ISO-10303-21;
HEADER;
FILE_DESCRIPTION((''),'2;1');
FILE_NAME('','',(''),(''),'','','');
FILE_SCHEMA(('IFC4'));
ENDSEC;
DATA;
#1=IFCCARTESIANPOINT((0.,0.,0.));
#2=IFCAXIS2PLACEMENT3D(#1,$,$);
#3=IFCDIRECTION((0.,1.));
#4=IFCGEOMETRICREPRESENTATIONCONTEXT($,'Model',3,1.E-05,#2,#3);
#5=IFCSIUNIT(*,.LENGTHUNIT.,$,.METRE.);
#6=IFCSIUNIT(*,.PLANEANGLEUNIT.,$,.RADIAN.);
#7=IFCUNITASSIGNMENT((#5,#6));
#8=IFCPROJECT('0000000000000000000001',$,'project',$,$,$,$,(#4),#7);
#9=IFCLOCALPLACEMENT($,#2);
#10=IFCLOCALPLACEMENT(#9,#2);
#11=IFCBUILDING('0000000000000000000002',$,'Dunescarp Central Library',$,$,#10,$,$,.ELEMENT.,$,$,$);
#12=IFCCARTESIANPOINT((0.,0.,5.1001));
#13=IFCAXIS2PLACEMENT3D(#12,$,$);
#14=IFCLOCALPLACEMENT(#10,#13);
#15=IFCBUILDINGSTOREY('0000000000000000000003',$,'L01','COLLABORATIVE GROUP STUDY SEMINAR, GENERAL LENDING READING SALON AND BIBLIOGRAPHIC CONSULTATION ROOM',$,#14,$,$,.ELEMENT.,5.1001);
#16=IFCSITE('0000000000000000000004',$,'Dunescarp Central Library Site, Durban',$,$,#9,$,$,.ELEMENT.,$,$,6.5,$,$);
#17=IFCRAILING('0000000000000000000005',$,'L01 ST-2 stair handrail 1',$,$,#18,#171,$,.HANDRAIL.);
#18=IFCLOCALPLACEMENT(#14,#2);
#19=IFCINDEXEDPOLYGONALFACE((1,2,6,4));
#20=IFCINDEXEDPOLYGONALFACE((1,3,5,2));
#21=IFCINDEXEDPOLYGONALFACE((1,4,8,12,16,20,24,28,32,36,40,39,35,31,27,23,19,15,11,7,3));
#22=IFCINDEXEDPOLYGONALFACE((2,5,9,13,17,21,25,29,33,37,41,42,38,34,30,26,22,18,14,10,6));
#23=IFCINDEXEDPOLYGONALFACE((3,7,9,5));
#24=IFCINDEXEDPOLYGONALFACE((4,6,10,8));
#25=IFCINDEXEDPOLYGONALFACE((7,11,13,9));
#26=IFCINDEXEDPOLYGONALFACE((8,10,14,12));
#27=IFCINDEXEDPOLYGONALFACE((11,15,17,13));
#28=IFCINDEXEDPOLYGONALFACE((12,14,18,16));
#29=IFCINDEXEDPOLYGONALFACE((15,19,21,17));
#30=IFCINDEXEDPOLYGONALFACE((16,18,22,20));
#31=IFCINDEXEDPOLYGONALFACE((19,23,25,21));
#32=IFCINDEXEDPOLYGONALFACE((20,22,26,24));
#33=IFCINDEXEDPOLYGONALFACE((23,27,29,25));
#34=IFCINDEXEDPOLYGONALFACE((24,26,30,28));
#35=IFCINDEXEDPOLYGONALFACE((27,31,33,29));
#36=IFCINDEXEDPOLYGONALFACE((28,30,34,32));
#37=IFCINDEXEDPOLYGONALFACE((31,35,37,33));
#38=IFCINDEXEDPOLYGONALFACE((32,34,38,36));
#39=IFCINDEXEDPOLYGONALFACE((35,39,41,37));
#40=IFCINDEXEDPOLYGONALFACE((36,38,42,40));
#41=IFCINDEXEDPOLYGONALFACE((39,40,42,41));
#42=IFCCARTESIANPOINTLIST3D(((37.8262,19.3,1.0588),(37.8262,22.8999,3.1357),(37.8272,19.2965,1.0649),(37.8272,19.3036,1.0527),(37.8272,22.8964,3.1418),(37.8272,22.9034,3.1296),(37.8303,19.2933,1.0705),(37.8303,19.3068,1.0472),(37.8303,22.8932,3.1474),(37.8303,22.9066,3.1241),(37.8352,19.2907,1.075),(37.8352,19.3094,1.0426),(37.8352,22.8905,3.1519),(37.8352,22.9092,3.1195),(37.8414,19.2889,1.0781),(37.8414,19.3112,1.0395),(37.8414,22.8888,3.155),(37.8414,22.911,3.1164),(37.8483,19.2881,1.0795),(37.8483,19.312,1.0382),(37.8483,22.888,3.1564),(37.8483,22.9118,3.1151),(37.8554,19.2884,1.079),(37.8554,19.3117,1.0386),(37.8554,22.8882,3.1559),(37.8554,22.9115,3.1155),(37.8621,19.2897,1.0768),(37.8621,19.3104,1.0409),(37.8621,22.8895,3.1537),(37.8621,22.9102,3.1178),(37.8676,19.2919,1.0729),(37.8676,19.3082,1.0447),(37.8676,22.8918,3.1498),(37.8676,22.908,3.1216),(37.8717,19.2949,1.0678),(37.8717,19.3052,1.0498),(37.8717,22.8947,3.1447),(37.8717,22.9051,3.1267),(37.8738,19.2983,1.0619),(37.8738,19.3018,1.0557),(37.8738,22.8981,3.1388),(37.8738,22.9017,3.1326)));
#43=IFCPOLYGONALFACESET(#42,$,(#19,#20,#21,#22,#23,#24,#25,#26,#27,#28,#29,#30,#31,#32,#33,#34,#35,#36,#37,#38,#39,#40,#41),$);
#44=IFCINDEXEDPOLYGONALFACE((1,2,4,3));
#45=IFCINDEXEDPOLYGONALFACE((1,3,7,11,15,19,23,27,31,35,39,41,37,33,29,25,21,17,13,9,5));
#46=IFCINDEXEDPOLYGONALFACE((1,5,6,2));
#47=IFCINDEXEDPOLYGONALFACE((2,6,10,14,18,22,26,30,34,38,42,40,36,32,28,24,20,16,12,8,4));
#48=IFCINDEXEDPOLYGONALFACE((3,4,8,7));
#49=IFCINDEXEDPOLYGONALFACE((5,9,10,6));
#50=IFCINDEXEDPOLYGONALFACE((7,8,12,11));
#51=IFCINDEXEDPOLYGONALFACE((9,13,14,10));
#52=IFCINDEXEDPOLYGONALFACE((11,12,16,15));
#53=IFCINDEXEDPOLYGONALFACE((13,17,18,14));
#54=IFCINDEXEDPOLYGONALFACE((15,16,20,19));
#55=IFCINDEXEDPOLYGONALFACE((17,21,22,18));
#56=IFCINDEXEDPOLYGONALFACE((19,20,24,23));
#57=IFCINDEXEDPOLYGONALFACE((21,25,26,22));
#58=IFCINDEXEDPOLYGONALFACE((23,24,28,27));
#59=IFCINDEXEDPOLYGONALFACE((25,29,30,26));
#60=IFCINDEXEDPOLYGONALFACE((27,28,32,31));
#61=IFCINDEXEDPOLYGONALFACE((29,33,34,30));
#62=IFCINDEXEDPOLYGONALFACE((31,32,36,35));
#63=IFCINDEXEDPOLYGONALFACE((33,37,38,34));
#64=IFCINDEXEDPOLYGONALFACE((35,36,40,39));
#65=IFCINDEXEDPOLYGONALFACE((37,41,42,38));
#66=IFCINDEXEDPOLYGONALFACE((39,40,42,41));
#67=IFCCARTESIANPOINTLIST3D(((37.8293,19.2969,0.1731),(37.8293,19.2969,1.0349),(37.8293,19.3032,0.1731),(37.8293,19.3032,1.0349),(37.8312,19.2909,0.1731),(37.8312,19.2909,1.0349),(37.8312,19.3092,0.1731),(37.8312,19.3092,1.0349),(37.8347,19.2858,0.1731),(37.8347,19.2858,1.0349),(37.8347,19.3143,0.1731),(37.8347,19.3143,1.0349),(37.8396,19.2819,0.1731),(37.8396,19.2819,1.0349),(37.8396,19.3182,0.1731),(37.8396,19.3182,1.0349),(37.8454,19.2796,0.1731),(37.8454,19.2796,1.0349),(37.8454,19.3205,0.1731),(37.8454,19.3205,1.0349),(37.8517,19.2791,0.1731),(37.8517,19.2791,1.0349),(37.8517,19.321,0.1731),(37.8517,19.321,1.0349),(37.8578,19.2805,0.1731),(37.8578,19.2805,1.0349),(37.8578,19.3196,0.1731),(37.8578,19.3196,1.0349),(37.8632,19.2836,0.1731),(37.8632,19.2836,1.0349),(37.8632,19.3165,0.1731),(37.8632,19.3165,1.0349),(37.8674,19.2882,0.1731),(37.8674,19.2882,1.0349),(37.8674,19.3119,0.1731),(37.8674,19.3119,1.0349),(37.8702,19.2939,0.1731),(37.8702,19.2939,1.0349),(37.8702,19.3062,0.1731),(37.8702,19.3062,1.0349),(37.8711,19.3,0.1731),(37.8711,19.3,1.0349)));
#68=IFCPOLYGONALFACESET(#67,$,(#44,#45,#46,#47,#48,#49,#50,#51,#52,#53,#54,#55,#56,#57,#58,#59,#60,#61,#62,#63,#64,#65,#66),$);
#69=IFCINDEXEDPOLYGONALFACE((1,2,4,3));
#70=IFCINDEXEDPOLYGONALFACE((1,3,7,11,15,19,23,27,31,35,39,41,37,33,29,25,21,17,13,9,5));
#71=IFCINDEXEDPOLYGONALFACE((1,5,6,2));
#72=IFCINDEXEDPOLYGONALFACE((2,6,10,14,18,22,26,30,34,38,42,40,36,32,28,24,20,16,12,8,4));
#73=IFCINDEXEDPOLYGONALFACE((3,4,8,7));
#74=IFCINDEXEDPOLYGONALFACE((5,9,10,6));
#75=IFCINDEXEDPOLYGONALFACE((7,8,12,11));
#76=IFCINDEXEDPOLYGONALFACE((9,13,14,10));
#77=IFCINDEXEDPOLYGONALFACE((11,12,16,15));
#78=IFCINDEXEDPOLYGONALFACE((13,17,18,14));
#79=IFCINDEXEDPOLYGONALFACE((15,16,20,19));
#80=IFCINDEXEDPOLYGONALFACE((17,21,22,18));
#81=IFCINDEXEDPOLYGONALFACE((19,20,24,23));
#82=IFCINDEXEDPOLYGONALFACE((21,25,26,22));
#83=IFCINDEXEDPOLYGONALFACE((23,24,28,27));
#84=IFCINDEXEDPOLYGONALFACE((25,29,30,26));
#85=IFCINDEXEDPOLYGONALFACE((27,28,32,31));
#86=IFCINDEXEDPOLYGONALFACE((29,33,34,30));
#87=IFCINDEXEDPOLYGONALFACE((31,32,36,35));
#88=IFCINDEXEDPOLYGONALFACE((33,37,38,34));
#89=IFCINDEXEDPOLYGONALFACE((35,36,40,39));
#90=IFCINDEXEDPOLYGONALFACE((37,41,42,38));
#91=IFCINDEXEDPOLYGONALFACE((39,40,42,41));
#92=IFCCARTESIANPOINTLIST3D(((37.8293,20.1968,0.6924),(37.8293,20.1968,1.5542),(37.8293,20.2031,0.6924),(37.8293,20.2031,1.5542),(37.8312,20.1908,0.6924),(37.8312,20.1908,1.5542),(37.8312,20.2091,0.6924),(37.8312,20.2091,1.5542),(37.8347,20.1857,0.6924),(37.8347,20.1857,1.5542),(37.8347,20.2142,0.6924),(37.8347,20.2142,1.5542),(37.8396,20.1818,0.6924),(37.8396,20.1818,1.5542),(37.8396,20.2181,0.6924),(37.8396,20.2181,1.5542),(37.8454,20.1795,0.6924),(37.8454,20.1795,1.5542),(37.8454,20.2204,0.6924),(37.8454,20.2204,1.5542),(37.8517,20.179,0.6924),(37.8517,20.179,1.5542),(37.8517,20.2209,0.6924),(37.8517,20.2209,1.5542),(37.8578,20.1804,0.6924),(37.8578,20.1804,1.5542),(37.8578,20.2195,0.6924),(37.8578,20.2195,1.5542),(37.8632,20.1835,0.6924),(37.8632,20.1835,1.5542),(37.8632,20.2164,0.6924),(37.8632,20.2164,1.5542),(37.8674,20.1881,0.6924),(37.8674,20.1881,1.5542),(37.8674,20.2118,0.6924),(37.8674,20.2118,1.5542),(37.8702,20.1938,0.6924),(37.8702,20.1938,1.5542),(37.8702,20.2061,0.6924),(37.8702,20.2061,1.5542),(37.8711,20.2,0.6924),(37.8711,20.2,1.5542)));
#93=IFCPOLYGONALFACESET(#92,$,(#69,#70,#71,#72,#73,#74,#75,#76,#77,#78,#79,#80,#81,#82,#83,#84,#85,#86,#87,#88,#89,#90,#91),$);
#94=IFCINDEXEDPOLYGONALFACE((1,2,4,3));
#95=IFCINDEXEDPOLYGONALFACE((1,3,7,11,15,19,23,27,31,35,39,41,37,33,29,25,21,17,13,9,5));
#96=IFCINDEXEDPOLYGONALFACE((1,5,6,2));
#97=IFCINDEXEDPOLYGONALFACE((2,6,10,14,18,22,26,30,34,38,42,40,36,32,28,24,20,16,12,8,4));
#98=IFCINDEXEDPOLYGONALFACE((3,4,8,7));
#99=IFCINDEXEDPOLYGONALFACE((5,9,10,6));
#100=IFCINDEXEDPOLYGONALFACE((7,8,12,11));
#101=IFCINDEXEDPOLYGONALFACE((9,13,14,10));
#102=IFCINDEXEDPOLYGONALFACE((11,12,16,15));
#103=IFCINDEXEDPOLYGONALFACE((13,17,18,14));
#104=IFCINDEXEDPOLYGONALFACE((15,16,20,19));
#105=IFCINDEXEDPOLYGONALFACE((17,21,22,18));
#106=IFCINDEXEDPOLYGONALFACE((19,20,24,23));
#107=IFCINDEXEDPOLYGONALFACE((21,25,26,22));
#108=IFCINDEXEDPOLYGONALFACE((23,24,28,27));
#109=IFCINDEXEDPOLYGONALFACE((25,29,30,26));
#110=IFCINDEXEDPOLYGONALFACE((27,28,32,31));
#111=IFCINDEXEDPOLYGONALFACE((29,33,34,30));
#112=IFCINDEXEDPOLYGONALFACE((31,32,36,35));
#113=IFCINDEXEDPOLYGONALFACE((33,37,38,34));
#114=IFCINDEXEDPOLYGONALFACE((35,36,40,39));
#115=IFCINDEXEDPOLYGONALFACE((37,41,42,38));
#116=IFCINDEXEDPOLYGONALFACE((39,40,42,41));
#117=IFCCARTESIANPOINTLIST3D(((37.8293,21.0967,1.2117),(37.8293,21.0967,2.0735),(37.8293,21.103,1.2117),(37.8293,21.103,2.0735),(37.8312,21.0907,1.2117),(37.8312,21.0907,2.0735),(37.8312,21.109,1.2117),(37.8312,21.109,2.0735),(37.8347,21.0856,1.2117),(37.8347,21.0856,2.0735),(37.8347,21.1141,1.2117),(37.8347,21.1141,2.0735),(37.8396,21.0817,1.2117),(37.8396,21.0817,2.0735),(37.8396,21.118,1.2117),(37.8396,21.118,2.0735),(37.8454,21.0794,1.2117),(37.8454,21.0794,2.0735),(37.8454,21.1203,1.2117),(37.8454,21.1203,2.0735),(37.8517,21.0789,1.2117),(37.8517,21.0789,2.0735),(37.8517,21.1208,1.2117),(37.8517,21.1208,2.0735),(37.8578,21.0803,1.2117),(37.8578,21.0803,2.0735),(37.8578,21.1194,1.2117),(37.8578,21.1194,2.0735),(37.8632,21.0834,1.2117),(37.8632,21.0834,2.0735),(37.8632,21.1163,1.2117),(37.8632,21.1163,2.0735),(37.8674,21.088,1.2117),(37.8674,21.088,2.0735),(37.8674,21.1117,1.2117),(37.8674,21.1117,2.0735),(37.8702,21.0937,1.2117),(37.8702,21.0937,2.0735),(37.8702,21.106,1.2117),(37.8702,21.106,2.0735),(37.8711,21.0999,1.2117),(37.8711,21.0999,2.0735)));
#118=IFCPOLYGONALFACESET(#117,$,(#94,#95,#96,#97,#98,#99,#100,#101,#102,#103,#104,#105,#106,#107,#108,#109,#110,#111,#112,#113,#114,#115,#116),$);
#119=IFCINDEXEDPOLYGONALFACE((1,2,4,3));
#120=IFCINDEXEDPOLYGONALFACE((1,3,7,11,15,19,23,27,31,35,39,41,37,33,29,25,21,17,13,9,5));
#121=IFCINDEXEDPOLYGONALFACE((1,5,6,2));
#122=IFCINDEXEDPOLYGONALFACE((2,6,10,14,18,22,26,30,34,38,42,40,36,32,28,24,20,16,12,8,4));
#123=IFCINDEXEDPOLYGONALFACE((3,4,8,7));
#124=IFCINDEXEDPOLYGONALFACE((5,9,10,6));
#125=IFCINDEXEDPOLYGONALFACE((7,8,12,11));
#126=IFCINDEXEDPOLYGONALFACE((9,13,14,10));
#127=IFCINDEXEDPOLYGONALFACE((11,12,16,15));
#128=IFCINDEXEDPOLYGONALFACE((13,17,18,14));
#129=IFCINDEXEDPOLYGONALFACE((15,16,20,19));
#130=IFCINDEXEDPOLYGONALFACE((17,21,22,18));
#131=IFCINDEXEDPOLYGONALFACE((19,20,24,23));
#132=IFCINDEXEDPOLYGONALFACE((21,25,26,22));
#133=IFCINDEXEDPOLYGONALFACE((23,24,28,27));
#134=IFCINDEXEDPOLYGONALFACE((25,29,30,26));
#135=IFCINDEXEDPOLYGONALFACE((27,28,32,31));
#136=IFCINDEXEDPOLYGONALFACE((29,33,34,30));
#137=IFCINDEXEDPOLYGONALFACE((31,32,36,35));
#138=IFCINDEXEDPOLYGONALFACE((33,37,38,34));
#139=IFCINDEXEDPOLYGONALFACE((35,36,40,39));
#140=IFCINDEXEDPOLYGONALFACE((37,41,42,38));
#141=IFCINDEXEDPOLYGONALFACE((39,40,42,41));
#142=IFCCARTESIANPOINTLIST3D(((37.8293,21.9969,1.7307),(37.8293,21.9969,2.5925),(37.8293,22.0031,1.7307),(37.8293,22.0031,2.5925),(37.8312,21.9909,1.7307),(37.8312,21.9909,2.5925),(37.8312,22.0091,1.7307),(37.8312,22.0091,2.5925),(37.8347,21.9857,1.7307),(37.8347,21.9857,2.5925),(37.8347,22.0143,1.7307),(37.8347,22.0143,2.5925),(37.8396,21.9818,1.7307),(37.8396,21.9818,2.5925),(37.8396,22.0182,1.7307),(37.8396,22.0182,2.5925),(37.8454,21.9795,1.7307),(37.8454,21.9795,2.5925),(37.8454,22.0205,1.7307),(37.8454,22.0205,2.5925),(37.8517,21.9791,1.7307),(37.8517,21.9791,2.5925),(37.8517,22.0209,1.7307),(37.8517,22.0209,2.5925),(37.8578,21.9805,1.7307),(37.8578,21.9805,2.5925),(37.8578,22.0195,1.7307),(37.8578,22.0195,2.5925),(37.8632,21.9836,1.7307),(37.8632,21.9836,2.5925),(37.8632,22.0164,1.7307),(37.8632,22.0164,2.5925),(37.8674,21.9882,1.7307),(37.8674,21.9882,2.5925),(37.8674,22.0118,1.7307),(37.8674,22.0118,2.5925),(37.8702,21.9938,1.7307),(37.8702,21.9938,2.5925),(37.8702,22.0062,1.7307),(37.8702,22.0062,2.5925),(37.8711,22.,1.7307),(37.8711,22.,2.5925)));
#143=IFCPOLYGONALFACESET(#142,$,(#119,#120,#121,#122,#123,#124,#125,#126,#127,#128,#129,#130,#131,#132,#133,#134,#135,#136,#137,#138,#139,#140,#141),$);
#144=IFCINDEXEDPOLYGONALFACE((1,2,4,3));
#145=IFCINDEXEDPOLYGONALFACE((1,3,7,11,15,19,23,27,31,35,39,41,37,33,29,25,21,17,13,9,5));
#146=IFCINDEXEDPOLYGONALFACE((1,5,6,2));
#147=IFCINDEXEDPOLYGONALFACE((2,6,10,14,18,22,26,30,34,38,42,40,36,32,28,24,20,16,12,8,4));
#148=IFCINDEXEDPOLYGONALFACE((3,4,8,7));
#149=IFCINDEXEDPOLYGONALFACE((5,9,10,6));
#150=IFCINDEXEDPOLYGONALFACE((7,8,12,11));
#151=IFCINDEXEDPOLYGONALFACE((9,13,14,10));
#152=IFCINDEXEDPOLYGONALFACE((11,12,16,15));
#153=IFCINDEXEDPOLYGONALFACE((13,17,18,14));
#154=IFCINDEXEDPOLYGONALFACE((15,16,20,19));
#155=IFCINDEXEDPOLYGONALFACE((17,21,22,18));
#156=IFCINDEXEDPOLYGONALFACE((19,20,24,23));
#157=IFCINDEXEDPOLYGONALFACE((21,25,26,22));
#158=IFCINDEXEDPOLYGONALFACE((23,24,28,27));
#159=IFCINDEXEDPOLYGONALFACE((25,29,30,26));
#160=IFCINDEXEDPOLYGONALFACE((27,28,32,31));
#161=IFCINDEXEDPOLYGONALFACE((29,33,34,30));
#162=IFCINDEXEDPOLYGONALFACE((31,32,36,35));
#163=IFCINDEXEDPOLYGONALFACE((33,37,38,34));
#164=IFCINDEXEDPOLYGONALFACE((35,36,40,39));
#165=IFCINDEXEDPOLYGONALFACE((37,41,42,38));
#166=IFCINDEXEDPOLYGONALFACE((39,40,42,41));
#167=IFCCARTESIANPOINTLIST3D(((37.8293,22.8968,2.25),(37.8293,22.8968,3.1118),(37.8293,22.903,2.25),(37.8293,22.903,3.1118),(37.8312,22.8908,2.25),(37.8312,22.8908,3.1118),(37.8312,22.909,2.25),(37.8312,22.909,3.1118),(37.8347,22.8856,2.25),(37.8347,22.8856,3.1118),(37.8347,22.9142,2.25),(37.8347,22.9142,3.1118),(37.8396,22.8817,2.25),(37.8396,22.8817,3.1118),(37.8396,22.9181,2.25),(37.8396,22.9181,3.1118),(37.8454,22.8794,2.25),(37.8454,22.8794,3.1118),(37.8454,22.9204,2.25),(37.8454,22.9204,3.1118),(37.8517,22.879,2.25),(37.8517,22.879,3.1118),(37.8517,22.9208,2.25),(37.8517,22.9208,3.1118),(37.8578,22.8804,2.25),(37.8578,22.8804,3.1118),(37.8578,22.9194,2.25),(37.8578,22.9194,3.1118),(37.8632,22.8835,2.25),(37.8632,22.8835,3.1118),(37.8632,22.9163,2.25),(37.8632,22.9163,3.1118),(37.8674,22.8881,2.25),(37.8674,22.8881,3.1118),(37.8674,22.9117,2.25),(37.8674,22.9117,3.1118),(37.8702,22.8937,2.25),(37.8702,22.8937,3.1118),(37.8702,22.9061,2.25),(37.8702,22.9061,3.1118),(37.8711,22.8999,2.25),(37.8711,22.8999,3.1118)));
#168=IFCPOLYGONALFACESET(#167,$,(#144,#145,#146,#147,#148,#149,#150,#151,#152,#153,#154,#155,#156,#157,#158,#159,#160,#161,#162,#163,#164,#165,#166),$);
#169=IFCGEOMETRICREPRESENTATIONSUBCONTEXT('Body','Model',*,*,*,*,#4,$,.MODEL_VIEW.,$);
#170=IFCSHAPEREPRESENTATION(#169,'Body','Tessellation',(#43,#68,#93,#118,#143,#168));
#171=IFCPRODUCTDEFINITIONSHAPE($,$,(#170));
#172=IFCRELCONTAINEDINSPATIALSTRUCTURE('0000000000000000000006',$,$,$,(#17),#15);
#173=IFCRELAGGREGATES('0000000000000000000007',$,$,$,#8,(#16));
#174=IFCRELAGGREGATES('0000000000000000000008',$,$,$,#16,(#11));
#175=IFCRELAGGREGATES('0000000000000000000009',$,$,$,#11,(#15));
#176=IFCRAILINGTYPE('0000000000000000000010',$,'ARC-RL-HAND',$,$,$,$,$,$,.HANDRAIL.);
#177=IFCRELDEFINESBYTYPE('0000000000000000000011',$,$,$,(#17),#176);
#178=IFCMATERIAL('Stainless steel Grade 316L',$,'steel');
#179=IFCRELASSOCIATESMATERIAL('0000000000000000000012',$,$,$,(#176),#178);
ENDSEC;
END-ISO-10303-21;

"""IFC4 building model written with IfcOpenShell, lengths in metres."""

from ifc_helpers import new_model, si_unit, direction, frame, origin, origin_2d, place, context, subcontext, project, spatial, circle, extrude, material, type_object, element, save


model = new_model("IFC4")

# Units and contexts
model_context = context("Model", 3, precision=1e-05, world=origin(), true_north=direction((0.0, 1.0)))
body_context = subcontext(model_context, "Body", "Model", "MODEL_VIEW")
ifc_project = project(units=[si_unit("LENGTHUNIT", "METRE"), si_unit("PLANEANGLEUNIT", "RADIAN")], contexts=[model_context])

# Site, building, storey
site_placement = place(None, origin())
site = spatial("IfcSite", under=ifc_project, at=site_placement, Name="Dunescarp Central Library Site, Durban", CompositionType="ELEMENT", RefElevation=6.5)
building_placement = place(site_placement, origin())
building = spatial("IfcBuilding", under=site, at=building_placement, Name="Dunescarp Central Library", CompositionType="ELEMENT")
storey_placement = place(building_placement, frame((0.0, 0.0, 5.1001)))
storey = spatial("IfcBuildingStorey", under=building, at=storey_placement, Name="L01", Description="COLLABORATIVE GROUP STUDY SEMINAR, GENERAL LENDING READING SALON AND BIBLIOGRAPHIC CONSULTATION ROOM", CompositionType="ELEMENT", Elevation=5.1001)

# Railing
ifc_material_1 = material(Name="Stainless steel Grade 316L", Category="steel")
railing_type_1 = type_object("IfcRailingType", Name="ARC-RL-HAND", PredefinedType="HANDRAIL", material=ifc_material_1)
railing_1_placement = place(storey_placement, frame((37.8501, 19.3, 0.1731)))
element("IfcRailing", 1, at=railing_1_placement, inside=storey, type_object=railing_type_1, Name="L01 ST-2 stair handrail 1", PredefinedType="HANDRAIL", context=body_context, shape_type="SweptSolid", body=[
    extrude(circle(Radius=0.0239, at=origin_2d()), frame((0.0, 0.0, 0.8857), z_axis=(0.0, 0.866179, 0.499734), x_axis=(-1.0, 0.0, 0.0)), (0.0, 0.0, 1.0), 4.156),
    extrude(circle(Radius=0.021, at=origin_2d()), origin(), (0.0, 0.0, 1.0), 0.8618),
    extrude(circle(Radius=0.021, at=origin_2d()), frame((0.0, 0.8999, 0.5193)), (0.0, 0.0, 1.0), 0.8618),
    extrude(circle(Radius=0.021, at=origin_2d()), frame((0.0, 1.7998, 1.0386)), (0.0, 0.0, 1.0), 0.8618),
    extrude(circle(Radius=0.021, at=origin_2d()), frame((0.0, 2.7, 1.5576)), (0.0, 0.0, 1.0), 0.8618),
    extrude(circle(Radius=0.021, at=origin_2d()), frame((0.0, 3.5999, 2.0769)), (0.0, 0.0, 1.0), 0.8618),
])

save(model, "model.ifc")
